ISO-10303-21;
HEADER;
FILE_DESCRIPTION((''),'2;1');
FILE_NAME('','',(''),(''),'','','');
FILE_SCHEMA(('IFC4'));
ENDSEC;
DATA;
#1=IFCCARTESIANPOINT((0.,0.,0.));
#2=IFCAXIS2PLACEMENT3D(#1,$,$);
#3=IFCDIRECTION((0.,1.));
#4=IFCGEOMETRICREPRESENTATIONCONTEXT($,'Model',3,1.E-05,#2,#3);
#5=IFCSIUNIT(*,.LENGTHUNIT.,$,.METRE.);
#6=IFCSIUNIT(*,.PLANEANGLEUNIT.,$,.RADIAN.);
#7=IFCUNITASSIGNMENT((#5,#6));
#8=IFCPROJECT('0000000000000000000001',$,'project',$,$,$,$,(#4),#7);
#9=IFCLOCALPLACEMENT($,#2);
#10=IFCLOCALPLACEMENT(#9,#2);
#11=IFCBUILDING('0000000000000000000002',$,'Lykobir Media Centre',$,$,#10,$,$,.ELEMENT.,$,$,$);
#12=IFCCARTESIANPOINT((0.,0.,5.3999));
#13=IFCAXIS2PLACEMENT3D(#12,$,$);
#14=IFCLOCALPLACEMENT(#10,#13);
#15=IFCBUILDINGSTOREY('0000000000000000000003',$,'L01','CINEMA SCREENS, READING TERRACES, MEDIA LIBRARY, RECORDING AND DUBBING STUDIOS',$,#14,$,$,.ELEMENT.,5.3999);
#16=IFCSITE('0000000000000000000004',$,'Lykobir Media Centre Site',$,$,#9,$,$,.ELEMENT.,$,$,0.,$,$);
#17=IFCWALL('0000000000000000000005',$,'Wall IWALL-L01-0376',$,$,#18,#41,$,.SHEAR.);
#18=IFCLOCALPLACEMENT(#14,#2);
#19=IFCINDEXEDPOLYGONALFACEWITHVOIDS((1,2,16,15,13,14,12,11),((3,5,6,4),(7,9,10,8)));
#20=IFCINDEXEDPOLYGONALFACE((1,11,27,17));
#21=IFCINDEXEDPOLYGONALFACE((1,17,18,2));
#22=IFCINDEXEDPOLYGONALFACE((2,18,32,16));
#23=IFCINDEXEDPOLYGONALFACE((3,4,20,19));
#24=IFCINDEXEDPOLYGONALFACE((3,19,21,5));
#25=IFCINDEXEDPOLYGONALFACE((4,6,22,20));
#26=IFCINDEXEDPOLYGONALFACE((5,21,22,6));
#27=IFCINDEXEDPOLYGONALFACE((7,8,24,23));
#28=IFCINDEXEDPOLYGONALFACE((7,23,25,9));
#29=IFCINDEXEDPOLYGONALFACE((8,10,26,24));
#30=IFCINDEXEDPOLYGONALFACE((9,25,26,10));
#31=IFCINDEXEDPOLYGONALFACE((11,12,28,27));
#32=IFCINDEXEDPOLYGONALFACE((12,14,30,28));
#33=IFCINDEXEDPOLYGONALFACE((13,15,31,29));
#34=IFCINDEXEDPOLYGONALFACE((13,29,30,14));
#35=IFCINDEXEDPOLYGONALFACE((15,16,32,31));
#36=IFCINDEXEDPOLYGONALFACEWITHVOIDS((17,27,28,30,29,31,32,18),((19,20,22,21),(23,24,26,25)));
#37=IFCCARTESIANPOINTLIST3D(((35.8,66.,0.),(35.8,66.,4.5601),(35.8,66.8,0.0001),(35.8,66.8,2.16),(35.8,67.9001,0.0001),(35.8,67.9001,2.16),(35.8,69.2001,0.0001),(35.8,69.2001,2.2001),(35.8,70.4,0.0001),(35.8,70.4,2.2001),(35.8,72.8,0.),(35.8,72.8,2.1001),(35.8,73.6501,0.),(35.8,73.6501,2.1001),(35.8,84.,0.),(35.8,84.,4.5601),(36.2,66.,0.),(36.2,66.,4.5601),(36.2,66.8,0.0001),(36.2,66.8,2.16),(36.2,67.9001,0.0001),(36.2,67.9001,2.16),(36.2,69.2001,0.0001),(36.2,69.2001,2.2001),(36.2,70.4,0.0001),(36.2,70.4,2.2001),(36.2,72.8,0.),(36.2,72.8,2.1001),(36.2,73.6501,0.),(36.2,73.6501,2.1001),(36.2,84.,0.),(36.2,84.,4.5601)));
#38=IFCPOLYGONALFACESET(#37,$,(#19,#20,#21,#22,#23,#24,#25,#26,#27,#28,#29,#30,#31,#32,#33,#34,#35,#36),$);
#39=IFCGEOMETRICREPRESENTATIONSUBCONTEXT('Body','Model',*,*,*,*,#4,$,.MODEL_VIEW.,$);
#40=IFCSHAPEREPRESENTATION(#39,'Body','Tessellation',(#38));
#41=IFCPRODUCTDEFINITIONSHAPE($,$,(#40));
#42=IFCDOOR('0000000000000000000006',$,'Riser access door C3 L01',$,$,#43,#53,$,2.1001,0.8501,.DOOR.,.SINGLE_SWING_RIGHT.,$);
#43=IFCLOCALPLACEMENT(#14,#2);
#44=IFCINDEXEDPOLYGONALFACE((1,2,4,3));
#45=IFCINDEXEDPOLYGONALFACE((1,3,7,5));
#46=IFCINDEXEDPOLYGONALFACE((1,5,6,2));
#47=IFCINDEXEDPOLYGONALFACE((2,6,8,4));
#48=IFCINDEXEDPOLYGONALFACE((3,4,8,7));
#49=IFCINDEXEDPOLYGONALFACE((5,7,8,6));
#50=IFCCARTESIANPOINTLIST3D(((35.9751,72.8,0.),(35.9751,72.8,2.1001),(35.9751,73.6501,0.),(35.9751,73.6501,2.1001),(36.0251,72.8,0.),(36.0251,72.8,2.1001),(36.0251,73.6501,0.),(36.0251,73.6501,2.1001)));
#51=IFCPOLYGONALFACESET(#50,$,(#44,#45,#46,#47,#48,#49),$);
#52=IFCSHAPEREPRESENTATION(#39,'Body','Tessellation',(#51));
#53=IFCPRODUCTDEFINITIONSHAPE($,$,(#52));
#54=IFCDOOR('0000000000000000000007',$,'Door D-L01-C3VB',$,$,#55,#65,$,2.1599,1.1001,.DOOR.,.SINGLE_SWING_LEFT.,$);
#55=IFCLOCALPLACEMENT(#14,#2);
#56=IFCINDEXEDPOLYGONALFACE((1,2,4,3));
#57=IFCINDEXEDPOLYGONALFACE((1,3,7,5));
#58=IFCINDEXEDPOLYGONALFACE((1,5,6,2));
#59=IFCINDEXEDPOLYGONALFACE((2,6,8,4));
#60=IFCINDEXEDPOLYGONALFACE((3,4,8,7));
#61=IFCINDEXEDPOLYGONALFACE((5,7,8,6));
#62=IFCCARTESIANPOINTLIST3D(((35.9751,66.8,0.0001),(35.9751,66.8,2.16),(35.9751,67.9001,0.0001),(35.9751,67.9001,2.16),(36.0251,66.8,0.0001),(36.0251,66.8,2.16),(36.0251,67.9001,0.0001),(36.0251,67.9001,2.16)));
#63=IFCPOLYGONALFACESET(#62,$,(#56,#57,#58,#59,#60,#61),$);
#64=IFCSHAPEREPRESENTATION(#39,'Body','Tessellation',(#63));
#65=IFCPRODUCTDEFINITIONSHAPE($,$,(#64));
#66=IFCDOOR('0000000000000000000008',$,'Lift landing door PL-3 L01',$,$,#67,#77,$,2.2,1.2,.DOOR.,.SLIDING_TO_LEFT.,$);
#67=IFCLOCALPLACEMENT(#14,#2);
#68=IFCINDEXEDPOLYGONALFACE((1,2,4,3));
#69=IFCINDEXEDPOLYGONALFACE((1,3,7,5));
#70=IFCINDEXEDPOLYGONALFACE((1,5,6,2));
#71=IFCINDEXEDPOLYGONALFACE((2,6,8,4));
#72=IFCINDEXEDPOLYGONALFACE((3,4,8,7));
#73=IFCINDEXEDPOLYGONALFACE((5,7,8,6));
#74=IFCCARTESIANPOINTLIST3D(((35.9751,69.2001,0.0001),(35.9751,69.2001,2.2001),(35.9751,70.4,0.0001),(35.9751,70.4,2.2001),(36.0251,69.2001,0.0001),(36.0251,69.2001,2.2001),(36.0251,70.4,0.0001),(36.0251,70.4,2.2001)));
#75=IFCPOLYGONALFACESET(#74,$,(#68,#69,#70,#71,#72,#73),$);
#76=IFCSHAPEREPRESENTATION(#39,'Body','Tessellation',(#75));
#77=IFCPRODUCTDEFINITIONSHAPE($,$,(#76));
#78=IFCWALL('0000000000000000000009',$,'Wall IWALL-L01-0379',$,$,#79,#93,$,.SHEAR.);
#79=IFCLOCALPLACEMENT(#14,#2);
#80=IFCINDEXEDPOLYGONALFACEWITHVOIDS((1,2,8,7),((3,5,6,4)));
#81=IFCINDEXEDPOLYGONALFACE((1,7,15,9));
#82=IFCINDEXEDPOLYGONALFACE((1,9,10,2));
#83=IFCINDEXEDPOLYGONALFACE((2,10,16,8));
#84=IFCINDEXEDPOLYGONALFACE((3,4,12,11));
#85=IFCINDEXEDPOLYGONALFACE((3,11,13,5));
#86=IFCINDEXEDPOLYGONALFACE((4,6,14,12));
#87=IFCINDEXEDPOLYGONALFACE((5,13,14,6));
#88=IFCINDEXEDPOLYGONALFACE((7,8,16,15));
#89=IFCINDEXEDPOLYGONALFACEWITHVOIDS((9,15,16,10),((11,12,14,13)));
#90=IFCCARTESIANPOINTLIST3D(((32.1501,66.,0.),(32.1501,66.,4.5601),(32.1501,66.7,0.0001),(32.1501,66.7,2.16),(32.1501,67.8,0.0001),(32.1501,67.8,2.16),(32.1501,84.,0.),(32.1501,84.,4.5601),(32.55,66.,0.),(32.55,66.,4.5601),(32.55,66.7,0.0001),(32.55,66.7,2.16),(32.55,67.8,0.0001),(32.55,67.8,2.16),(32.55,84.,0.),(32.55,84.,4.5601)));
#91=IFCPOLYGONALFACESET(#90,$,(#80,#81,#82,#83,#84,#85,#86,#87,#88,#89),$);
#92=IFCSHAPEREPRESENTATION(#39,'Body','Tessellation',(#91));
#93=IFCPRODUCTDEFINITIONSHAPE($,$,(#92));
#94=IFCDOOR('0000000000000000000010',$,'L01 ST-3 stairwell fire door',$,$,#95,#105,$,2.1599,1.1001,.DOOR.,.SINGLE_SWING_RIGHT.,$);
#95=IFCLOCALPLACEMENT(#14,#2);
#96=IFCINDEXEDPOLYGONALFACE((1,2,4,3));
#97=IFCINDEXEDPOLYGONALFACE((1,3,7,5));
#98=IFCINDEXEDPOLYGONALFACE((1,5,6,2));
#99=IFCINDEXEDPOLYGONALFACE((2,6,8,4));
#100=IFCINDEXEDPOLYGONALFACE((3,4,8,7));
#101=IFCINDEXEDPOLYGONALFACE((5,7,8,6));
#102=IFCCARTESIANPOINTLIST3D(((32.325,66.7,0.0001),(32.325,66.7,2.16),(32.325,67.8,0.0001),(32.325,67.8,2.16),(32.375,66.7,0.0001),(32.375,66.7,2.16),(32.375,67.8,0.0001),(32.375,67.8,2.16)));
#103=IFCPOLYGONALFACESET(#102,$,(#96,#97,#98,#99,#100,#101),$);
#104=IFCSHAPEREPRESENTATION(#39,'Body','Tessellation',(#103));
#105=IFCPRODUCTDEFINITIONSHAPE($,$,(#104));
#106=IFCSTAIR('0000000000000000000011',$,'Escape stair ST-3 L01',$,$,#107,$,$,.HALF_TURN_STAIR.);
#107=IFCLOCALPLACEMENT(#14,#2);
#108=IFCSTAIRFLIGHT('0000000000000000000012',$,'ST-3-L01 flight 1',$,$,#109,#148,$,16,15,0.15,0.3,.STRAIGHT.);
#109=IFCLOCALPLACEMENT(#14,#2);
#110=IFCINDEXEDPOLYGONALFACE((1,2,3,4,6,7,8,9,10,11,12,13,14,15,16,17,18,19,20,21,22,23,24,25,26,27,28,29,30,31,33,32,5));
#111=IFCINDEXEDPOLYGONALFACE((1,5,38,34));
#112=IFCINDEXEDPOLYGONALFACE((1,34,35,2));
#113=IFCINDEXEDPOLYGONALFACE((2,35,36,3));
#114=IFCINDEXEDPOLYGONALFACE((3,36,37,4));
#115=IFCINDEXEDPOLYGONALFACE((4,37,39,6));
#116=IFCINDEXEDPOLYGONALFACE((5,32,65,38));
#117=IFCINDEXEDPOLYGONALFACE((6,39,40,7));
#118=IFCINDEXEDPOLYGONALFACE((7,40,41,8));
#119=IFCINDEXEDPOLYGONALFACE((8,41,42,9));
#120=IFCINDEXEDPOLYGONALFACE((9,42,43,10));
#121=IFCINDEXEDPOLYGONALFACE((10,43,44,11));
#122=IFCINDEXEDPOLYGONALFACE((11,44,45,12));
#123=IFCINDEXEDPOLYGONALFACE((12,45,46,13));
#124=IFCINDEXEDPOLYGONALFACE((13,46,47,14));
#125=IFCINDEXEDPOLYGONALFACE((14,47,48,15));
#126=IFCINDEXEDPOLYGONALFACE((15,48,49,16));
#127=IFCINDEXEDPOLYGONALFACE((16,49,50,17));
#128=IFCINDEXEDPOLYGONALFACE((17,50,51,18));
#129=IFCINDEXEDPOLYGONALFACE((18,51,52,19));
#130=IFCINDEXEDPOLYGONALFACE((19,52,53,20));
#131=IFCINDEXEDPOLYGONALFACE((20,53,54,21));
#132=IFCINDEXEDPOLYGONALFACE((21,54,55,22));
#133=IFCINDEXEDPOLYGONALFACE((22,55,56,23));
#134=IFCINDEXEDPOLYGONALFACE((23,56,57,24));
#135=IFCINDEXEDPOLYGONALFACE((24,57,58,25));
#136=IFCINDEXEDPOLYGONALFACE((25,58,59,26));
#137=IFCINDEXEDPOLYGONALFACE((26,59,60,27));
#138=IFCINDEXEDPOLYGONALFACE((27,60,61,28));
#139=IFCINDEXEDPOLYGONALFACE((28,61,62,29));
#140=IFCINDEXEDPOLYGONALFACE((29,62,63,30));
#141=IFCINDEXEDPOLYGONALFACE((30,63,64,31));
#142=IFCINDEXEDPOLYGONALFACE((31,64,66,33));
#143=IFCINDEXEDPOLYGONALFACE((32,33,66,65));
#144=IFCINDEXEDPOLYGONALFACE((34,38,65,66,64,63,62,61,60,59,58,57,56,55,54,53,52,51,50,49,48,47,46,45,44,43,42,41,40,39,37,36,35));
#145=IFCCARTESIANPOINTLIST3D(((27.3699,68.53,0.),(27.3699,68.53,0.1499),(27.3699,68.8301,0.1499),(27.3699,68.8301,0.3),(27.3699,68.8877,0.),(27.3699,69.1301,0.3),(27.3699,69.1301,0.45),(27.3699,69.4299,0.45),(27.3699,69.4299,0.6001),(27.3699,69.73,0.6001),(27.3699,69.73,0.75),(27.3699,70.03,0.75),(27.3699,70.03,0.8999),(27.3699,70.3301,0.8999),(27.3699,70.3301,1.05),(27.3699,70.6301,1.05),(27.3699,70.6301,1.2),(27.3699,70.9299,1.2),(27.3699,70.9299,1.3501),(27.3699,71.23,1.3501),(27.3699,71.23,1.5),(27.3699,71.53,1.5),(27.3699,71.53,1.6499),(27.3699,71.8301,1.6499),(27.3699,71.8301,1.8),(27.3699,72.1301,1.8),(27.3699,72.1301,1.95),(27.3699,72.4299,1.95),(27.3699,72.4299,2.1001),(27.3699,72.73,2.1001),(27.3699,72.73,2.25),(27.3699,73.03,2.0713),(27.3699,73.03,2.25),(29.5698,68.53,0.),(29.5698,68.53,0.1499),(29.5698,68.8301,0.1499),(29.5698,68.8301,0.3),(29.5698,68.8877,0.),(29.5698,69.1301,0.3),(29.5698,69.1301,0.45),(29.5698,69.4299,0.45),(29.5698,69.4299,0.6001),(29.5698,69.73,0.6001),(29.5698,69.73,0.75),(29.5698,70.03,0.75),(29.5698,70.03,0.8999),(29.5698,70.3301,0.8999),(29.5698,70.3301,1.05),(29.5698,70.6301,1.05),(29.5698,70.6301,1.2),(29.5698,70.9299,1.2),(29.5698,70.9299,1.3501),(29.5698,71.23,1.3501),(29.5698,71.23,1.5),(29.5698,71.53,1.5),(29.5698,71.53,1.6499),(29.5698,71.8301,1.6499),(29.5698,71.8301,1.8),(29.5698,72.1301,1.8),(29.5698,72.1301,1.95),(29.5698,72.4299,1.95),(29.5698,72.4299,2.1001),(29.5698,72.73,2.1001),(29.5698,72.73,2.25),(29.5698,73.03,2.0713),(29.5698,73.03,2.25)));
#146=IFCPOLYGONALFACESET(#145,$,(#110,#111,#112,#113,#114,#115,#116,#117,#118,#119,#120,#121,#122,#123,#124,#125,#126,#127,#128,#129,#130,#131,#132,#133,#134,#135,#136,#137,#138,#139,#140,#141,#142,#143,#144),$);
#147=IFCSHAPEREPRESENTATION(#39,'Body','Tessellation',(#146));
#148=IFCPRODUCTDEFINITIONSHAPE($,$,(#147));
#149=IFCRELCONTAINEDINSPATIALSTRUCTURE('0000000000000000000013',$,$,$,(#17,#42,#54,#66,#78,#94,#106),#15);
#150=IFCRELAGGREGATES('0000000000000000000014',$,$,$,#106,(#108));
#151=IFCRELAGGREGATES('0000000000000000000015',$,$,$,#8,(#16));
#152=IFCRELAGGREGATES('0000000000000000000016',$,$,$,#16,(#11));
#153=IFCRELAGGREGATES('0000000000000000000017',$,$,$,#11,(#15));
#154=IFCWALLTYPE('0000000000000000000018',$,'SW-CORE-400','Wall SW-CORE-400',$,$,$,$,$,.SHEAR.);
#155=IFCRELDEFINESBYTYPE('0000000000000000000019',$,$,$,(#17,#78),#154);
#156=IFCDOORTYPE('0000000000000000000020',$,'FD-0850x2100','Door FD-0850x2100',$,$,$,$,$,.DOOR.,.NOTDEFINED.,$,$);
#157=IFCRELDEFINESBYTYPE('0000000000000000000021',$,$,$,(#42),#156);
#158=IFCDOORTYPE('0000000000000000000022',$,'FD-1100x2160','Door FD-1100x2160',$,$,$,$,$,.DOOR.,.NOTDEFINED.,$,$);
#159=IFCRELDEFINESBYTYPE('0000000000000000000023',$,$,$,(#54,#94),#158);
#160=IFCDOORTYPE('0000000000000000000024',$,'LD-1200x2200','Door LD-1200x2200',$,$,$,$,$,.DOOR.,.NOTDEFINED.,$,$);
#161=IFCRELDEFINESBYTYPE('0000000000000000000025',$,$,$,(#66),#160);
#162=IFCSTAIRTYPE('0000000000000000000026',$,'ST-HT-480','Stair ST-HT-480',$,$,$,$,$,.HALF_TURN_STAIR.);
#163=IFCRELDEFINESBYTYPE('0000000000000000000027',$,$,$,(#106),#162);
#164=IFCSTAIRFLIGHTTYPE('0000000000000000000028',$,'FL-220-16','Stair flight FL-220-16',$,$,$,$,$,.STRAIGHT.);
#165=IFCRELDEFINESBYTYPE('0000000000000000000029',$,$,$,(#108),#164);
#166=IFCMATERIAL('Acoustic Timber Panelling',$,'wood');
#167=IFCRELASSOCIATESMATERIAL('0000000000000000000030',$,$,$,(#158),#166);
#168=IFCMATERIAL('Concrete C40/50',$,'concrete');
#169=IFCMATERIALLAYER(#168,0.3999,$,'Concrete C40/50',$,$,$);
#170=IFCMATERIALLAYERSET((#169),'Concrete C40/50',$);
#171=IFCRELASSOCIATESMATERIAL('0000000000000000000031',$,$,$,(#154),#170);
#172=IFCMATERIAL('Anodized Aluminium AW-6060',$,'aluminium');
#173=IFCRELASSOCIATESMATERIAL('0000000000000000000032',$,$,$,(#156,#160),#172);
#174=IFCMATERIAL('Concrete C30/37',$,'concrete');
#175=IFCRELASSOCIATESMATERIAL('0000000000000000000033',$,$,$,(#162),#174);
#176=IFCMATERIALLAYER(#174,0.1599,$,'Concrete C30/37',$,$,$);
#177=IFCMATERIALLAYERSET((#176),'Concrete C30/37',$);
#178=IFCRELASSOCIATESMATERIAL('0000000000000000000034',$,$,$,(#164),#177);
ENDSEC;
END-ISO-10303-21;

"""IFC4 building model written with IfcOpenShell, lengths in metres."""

from ifc_helpers import new_model, si_unit, direction, frame, frame_2d, origin, place, context, subcontext, project, spatial, polyline, rectangle, outline, extrude, material, layer, layer_set, type_object, element, fill, aggregate, save


model = new_model("IFC4")

# Units and contexts
model_context = context("Model", 3, precision=1e-05, world=origin(), true_north=direction((0.0, 1.0)))
body_context = subcontext(model_context, "Body", "Model", "MODEL_VIEW")
ifc_project = project(units=[si_unit("LENGTHUNIT", "METRE"), si_unit("PLANEANGLEUNIT", "RADIAN")], contexts=[model_context])

# Site, building, storey
site_placement = place(None, origin())
site = spatial("IfcSite", under=ifc_project, at=site_placement, Name="Lykobir Media Centre Site", CompositionType="ELEMENT", RefElevation=0.0)
building_placement = place(site_placement, origin())
building = spatial("IfcBuilding", under=site, at=building_placement, Name="Lykobir Media Centre", CompositionType="ELEMENT")
storey_placement = place(building_placement, frame((0.0, 0.0, 5.3999)))
storey = spatial("IfcBuildingStorey", under=building, at=storey_placement, Name="L01", Description="CINEMA SCREENS, READING TERRACES, MEDIA LIBRARY, RECORDING AND DUBBING STUDIOS", CompositionType="ELEMENT", Elevation=5.3999)

# Shared definitions
ifc_material_1 = material(Name="Anodized Aluminium AW-6060", Category="aluminium")

# Shared definitions
ifc_material_2 = material(Name="Acoustic Timber Panelling", Category="wood")
door_type_1 = type_object("IfcDoorType", Name="FD-1100x2160", Description="Door FD-1100x2160", OperationType="NOTDEFINED", PredefinedType="DOOR", material=ifc_material_2)

# Shared definitions
ifc_material_3 = material(Name="Concrete C30/37", Category="concrete")
ifc_material_4 = material(Name="Concrete C40/50", Category="concrete")
ifc_layer_1 = layer(ifc_material_4, 0.3999, Name="Concrete C40/50")
ifc_layer_set_1 = layer_set([ifc_layer_1], Name="Concrete C40/50")
wall_type_1 = type_object("IfcWallType", Name="SW-CORE-400", Description="Wall SW-CORE-400", PredefinedType="SHEAR", material=ifc_layer_set_1)

# Wall, openings, doors
wall_1_placement = place(storey_placement, frame((36.0, 66.0, 0.0), z_axis=(0.0, 0.0, 1.0), x_axis=(0.0, 1.0, 0.0)))
wall_1 = element("IfcWall", 1, at=wall_1_placement, inside=storey, type_object=wall_type_1, Name="Wall IWALL-L01-0376", PredefinedType="SHEAR", context=body_context, shape_type="SweptSolid", body=[
    extrude(rectangle(XDim=18.0, YDim=0.3999, at=frame_2d((9.0, 0.0))), origin(), (0.0, 0.0, 1.0), 4.5601),
])
opening_1_placement = place(wall_1_placement, frame((0.8, 0.0, 0.0)))
opening_1 = element("IfcOpeningElement", 2, at=opening_1_placement, cuts=wall_1, PredefinedType="OPENING", context=body_context, shape_type="SweptSolid", body=[
    extrude(rectangle(XDim=1.1001, YDim=2.1599, at=frame_2d((0.55, 1.0801))), frame((0.0, 0.21, 0.0), z_axis=(0.0, -1.0, 0.0), x_axis=(1.0, 0.0, 0.0)), (0.0, 0.0, 1.0), 0.4199),
])
opening_2_placement = place(wall_1_placement, frame((3.2, 0.0, 0.0)))
opening_2 = element("IfcOpeningElement", 3, at=opening_2_placement, cuts=wall_1, PredefinedType="OPENING", context=body_context, shape_type="SweptSolid", body=[
    extrude(rectangle(XDim=1.2, YDim=2.2, at=frame_2d((0.6001, 1.1001))), frame((0.0, 0.21, 0.0), z_axis=(0.0, -1.0, 0.0), x_axis=(1.0, 0.0, 0.0)), (0.0, 0.0, 1.0), 0.4199),
])
opening_3_placement = place(wall_1_placement, frame((6.8, 0.0, 0.0)))
opening_3 = element("IfcOpeningElement", 4, at=opening_3_placement, cuts=wall_1, PredefinedType="OPENING", context=body_context, shape_type="SweptSolid", body=[
    extrude(rectangle(XDim=0.8501, YDim=2.1001, at=frame_2d((0.425, 1.05))), frame((0.0, 0.21, 0.0), z_axis=(0.0, -1.0, 0.0), x_axis=(1.0, 0.0, 0.0)), (0.0, 0.0, 1.0), 0.4199),
])
door_type_2 = type_object("IfcDoorType", Name="FD-0850x2100", Description="Door FD-0850x2100", OperationType="NOTDEFINED", PredefinedType="DOOR", material=ifc_material_1)
door_1_placement = place(opening_3_placement, origin())
door_1 = element("IfcDoor", 5, at=door_1_placement, inside=storey, type_object=door_type_2, Name="Riser access door C3 L01", OperationType="SINGLE_SWING_RIGHT", OverallHeight=2.1001, OverallWidth=0.8501, PredefinedType="DOOR", context=body_context, shape_type="SweptSolid", body=[
    extrude(rectangle(XDim=0.8501, YDim=2.1001, at=frame_2d((0.425, 1.05))), frame((0.0, 0.0249, 0.0), z_axis=(0.0, -1.0, 0.0), x_axis=(1.0, 0.0, 0.0)), (0.0, 0.0, 1.0), 0.05),
])
fill(opening_3, door_1)
door_2_placement = place(opening_1_placement, origin())
door_2 = element("IfcDoor", 6, at=door_2_placement, inside=storey, type_object=door_type_1, Name="Door D-L01-C3VB", OperationType="SINGLE_SWING_LEFT", OverallHeight=2.1599, OverallWidth=1.1001, PredefinedType="DOOR", context=body_context, shape_type="SweptSolid", body=[
    extrude(rectangle(XDim=1.1001, YDim=2.1599, at=frame_2d((0.55, 1.0801))), frame((0.0, 0.0249, 0.0), z_axis=(0.0, -1.0, 0.0), x_axis=(1.0, 0.0, 0.0)), (0.0, 0.0, 1.0), 0.05),
])
fill(opening_1, door_2)
door_type_3 = type_object("IfcDoorType", Name="LD-1200x2200", Description="Door LD-1200x2200", OperationType="NOTDEFINED", PredefinedType="DOOR", material=ifc_material_1)
door_3_placement = place(opening_2_placement, origin())
door_3 = element("IfcDoor", 7, at=door_3_placement, inside=storey, type_object=door_type_3, Name="Lift landing door PL-3 L01", OperationType="SLIDING_TO_LEFT", OverallHeight=2.2, OverallWidth=1.2, PredefinedType="DOOR", context=body_context, shape_type="SweptSolid", body=[
    extrude(rectangle(XDim=1.2, YDim=2.2, at=frame_2d((0.6001, 1.1001))), frame((0.0, 0.0249, 0.0), z_axis=(0.0, -1.0, 0.0), x_axis=(1.0, 0.0, 0.0)), (0.0, 0.0, 1.0), 0.05),
])
fill(opening_2, door_3)

# Wall, opening, door
wall_2_placement = place(storey_placement, frame((32.3501, 66.0, 0.0), z_axis=(0.0, 0.0, 1.0), x_axis=(0.0, 1.0, 0.0)))
wall_2 = element("IfcWall", 8, at=wall_2_placement, inside=storey, type_object=wall_type_1, Name="Wall IWALL-L01-0379", PredefinedType="SHEAR", context=body_context, shape_type="SweptSolid", body=[
    extrude(rectangle(XDim=18.0, YDim=0.3999, at=frame_2d((9.0, 0.0))), origin(), (0.0, 0.0, 1.0), 4.5601),
])
opening_4_placement = place(wall_2_placement, frame((0.7, 0.0, 0.0)))
opening_4 = element("IfcOpeningElement", 9, at=opening_4_placement, cuts=wall_2, PredefinedType="OPENING", context=body_context, shape_type="SweptSolid", body=[
    extrude(rectangle(XDim=1.1001, YDim=2.1599, at=frame_2d((0.55, 1.0801))), frame((0.0, 0.21, 0.0), z_axis=(0.0, -1.0, 0.0), x_axis=(1.0, 0.0, 0.0)), (0.0, 0.0, 1.0), 0.4199),
])
door_4_placement = place(opening_4_placement, frame((1.1001, 0.0, 0.0), z_axis=(0.0, 0.0, 1.0), x_axis=(-1.0, 0.0, 0.0)))
door_4 = element("IfcDoor", 10, at=door_4_placement, inside=storey, type_object=door_type_1, Name="L01 ST-3 stairwell fire door", OperationType="SINGLE_SWING_RIGHT", OverallHeight=2.1599, OverallWidth=1.1001, PredefinedType="DOOR", context=body_context, shape_type="SweptSolid", body=[
    extrude(rectangle(XDim=1.1001, YDim=2.1599, at=frame_2d((0.55, 1.0801))), frame((0.0, 0.0249, 0.0), z_axis=(0.0, -1.0, 0.0), x_axis=(1.0, 0.0, 0.0)), (0.0, 0.0, 1.0), 0.05),
])
fill(opening_4, door_4)

# Stair, stair flight
stair_type = type_object("IfcStairType", Name="ST-HT-480", Description="Stair ST-HT-480", PredefinedType="HALF_TURN_STAIR", material=ifc_material_3)
stair_placement = place(storey_placement, origin())
stair = element("IfcStair", 11, at=stair_placement, inside=storey, type_object=stair_type, Name="Escape stair ST-3 L01", PredefinedType="HALF_TURN_STAIR")
ifc_layer_2 = layer(ifc_material_3, 0.1599, Name="Concrete C30/37")
ifc_layer_set_2 = layer_set([ifc_layer_2], Name="Concrete C30/37")
stair_flight_type = type_object("IfcStairFlightType", Name="FL-220-16", Description="Stair flight FL-220-16", PredefinedType="STRAIGHT", material=ifc_layer_set_2)
stair_flight_placement = place(storey_placement, frame((28.47, 68.53, 0.0), z_axis=(0.0, 0.0, 1.0), x_axis=(0.0, 1.0, 0.0)))
stair_flight = element("IfcStairFlight", 12, at=stair_flight_placement, type_object=stair_flight_type, Name="ST-3-L01 flight 1", NumberOfRisers=16, NumberOfTreads=15, PredefinedType="STRAIGHT", RiserHeight=0.15, TreadLength=0.3, context=body_context, shape_type="SweptSolid", body=[
    extrude(outline(polyline([(0.0, 0.0), (0.0, 0.1499), (0.3, 0.1499), (0.3, 0.3), (0.6001, 0.3), (0.6001, 0.45), (0.8999, 0.45), (0.8999, 0.6001), (1.2, 0.6001), (1.2, 0.75), (1.5, 0.75), (1.5, 0.8999), (1.8, 0.8999), (1.8, 1.05), (2.1001, 1.05), (2.1001, 1.2), (2.3999, 1.2), (2.3999, 1.3501), (2.7, 1.3501), (2.7, 1.5), (3.0, 1.5), (3.0, 1.6499), (3.3, 1.6499), (3.3, 1.8), (3.6001, 1.8), (3.6001, 1.95), (3.8999, 1.95), (3.8999, 2.1001), (4.2, 2.1001), (4.2, 2.25), (4.5, 2.25), (4.5, 2.3999), (4.5, 2.0713), (0.3577, 0.0), (0.0, 0.0)])), frame((0.0, 1.1001, 0.0), z_axis=(0.0, -1.0, 0.0), x_axis=(1.0, 0.0, 0.0)), (0.0, 0.0, 1.0), 2.2),
])
aggregate(stair, [stair_flight])

save(model, "model.ifc")
